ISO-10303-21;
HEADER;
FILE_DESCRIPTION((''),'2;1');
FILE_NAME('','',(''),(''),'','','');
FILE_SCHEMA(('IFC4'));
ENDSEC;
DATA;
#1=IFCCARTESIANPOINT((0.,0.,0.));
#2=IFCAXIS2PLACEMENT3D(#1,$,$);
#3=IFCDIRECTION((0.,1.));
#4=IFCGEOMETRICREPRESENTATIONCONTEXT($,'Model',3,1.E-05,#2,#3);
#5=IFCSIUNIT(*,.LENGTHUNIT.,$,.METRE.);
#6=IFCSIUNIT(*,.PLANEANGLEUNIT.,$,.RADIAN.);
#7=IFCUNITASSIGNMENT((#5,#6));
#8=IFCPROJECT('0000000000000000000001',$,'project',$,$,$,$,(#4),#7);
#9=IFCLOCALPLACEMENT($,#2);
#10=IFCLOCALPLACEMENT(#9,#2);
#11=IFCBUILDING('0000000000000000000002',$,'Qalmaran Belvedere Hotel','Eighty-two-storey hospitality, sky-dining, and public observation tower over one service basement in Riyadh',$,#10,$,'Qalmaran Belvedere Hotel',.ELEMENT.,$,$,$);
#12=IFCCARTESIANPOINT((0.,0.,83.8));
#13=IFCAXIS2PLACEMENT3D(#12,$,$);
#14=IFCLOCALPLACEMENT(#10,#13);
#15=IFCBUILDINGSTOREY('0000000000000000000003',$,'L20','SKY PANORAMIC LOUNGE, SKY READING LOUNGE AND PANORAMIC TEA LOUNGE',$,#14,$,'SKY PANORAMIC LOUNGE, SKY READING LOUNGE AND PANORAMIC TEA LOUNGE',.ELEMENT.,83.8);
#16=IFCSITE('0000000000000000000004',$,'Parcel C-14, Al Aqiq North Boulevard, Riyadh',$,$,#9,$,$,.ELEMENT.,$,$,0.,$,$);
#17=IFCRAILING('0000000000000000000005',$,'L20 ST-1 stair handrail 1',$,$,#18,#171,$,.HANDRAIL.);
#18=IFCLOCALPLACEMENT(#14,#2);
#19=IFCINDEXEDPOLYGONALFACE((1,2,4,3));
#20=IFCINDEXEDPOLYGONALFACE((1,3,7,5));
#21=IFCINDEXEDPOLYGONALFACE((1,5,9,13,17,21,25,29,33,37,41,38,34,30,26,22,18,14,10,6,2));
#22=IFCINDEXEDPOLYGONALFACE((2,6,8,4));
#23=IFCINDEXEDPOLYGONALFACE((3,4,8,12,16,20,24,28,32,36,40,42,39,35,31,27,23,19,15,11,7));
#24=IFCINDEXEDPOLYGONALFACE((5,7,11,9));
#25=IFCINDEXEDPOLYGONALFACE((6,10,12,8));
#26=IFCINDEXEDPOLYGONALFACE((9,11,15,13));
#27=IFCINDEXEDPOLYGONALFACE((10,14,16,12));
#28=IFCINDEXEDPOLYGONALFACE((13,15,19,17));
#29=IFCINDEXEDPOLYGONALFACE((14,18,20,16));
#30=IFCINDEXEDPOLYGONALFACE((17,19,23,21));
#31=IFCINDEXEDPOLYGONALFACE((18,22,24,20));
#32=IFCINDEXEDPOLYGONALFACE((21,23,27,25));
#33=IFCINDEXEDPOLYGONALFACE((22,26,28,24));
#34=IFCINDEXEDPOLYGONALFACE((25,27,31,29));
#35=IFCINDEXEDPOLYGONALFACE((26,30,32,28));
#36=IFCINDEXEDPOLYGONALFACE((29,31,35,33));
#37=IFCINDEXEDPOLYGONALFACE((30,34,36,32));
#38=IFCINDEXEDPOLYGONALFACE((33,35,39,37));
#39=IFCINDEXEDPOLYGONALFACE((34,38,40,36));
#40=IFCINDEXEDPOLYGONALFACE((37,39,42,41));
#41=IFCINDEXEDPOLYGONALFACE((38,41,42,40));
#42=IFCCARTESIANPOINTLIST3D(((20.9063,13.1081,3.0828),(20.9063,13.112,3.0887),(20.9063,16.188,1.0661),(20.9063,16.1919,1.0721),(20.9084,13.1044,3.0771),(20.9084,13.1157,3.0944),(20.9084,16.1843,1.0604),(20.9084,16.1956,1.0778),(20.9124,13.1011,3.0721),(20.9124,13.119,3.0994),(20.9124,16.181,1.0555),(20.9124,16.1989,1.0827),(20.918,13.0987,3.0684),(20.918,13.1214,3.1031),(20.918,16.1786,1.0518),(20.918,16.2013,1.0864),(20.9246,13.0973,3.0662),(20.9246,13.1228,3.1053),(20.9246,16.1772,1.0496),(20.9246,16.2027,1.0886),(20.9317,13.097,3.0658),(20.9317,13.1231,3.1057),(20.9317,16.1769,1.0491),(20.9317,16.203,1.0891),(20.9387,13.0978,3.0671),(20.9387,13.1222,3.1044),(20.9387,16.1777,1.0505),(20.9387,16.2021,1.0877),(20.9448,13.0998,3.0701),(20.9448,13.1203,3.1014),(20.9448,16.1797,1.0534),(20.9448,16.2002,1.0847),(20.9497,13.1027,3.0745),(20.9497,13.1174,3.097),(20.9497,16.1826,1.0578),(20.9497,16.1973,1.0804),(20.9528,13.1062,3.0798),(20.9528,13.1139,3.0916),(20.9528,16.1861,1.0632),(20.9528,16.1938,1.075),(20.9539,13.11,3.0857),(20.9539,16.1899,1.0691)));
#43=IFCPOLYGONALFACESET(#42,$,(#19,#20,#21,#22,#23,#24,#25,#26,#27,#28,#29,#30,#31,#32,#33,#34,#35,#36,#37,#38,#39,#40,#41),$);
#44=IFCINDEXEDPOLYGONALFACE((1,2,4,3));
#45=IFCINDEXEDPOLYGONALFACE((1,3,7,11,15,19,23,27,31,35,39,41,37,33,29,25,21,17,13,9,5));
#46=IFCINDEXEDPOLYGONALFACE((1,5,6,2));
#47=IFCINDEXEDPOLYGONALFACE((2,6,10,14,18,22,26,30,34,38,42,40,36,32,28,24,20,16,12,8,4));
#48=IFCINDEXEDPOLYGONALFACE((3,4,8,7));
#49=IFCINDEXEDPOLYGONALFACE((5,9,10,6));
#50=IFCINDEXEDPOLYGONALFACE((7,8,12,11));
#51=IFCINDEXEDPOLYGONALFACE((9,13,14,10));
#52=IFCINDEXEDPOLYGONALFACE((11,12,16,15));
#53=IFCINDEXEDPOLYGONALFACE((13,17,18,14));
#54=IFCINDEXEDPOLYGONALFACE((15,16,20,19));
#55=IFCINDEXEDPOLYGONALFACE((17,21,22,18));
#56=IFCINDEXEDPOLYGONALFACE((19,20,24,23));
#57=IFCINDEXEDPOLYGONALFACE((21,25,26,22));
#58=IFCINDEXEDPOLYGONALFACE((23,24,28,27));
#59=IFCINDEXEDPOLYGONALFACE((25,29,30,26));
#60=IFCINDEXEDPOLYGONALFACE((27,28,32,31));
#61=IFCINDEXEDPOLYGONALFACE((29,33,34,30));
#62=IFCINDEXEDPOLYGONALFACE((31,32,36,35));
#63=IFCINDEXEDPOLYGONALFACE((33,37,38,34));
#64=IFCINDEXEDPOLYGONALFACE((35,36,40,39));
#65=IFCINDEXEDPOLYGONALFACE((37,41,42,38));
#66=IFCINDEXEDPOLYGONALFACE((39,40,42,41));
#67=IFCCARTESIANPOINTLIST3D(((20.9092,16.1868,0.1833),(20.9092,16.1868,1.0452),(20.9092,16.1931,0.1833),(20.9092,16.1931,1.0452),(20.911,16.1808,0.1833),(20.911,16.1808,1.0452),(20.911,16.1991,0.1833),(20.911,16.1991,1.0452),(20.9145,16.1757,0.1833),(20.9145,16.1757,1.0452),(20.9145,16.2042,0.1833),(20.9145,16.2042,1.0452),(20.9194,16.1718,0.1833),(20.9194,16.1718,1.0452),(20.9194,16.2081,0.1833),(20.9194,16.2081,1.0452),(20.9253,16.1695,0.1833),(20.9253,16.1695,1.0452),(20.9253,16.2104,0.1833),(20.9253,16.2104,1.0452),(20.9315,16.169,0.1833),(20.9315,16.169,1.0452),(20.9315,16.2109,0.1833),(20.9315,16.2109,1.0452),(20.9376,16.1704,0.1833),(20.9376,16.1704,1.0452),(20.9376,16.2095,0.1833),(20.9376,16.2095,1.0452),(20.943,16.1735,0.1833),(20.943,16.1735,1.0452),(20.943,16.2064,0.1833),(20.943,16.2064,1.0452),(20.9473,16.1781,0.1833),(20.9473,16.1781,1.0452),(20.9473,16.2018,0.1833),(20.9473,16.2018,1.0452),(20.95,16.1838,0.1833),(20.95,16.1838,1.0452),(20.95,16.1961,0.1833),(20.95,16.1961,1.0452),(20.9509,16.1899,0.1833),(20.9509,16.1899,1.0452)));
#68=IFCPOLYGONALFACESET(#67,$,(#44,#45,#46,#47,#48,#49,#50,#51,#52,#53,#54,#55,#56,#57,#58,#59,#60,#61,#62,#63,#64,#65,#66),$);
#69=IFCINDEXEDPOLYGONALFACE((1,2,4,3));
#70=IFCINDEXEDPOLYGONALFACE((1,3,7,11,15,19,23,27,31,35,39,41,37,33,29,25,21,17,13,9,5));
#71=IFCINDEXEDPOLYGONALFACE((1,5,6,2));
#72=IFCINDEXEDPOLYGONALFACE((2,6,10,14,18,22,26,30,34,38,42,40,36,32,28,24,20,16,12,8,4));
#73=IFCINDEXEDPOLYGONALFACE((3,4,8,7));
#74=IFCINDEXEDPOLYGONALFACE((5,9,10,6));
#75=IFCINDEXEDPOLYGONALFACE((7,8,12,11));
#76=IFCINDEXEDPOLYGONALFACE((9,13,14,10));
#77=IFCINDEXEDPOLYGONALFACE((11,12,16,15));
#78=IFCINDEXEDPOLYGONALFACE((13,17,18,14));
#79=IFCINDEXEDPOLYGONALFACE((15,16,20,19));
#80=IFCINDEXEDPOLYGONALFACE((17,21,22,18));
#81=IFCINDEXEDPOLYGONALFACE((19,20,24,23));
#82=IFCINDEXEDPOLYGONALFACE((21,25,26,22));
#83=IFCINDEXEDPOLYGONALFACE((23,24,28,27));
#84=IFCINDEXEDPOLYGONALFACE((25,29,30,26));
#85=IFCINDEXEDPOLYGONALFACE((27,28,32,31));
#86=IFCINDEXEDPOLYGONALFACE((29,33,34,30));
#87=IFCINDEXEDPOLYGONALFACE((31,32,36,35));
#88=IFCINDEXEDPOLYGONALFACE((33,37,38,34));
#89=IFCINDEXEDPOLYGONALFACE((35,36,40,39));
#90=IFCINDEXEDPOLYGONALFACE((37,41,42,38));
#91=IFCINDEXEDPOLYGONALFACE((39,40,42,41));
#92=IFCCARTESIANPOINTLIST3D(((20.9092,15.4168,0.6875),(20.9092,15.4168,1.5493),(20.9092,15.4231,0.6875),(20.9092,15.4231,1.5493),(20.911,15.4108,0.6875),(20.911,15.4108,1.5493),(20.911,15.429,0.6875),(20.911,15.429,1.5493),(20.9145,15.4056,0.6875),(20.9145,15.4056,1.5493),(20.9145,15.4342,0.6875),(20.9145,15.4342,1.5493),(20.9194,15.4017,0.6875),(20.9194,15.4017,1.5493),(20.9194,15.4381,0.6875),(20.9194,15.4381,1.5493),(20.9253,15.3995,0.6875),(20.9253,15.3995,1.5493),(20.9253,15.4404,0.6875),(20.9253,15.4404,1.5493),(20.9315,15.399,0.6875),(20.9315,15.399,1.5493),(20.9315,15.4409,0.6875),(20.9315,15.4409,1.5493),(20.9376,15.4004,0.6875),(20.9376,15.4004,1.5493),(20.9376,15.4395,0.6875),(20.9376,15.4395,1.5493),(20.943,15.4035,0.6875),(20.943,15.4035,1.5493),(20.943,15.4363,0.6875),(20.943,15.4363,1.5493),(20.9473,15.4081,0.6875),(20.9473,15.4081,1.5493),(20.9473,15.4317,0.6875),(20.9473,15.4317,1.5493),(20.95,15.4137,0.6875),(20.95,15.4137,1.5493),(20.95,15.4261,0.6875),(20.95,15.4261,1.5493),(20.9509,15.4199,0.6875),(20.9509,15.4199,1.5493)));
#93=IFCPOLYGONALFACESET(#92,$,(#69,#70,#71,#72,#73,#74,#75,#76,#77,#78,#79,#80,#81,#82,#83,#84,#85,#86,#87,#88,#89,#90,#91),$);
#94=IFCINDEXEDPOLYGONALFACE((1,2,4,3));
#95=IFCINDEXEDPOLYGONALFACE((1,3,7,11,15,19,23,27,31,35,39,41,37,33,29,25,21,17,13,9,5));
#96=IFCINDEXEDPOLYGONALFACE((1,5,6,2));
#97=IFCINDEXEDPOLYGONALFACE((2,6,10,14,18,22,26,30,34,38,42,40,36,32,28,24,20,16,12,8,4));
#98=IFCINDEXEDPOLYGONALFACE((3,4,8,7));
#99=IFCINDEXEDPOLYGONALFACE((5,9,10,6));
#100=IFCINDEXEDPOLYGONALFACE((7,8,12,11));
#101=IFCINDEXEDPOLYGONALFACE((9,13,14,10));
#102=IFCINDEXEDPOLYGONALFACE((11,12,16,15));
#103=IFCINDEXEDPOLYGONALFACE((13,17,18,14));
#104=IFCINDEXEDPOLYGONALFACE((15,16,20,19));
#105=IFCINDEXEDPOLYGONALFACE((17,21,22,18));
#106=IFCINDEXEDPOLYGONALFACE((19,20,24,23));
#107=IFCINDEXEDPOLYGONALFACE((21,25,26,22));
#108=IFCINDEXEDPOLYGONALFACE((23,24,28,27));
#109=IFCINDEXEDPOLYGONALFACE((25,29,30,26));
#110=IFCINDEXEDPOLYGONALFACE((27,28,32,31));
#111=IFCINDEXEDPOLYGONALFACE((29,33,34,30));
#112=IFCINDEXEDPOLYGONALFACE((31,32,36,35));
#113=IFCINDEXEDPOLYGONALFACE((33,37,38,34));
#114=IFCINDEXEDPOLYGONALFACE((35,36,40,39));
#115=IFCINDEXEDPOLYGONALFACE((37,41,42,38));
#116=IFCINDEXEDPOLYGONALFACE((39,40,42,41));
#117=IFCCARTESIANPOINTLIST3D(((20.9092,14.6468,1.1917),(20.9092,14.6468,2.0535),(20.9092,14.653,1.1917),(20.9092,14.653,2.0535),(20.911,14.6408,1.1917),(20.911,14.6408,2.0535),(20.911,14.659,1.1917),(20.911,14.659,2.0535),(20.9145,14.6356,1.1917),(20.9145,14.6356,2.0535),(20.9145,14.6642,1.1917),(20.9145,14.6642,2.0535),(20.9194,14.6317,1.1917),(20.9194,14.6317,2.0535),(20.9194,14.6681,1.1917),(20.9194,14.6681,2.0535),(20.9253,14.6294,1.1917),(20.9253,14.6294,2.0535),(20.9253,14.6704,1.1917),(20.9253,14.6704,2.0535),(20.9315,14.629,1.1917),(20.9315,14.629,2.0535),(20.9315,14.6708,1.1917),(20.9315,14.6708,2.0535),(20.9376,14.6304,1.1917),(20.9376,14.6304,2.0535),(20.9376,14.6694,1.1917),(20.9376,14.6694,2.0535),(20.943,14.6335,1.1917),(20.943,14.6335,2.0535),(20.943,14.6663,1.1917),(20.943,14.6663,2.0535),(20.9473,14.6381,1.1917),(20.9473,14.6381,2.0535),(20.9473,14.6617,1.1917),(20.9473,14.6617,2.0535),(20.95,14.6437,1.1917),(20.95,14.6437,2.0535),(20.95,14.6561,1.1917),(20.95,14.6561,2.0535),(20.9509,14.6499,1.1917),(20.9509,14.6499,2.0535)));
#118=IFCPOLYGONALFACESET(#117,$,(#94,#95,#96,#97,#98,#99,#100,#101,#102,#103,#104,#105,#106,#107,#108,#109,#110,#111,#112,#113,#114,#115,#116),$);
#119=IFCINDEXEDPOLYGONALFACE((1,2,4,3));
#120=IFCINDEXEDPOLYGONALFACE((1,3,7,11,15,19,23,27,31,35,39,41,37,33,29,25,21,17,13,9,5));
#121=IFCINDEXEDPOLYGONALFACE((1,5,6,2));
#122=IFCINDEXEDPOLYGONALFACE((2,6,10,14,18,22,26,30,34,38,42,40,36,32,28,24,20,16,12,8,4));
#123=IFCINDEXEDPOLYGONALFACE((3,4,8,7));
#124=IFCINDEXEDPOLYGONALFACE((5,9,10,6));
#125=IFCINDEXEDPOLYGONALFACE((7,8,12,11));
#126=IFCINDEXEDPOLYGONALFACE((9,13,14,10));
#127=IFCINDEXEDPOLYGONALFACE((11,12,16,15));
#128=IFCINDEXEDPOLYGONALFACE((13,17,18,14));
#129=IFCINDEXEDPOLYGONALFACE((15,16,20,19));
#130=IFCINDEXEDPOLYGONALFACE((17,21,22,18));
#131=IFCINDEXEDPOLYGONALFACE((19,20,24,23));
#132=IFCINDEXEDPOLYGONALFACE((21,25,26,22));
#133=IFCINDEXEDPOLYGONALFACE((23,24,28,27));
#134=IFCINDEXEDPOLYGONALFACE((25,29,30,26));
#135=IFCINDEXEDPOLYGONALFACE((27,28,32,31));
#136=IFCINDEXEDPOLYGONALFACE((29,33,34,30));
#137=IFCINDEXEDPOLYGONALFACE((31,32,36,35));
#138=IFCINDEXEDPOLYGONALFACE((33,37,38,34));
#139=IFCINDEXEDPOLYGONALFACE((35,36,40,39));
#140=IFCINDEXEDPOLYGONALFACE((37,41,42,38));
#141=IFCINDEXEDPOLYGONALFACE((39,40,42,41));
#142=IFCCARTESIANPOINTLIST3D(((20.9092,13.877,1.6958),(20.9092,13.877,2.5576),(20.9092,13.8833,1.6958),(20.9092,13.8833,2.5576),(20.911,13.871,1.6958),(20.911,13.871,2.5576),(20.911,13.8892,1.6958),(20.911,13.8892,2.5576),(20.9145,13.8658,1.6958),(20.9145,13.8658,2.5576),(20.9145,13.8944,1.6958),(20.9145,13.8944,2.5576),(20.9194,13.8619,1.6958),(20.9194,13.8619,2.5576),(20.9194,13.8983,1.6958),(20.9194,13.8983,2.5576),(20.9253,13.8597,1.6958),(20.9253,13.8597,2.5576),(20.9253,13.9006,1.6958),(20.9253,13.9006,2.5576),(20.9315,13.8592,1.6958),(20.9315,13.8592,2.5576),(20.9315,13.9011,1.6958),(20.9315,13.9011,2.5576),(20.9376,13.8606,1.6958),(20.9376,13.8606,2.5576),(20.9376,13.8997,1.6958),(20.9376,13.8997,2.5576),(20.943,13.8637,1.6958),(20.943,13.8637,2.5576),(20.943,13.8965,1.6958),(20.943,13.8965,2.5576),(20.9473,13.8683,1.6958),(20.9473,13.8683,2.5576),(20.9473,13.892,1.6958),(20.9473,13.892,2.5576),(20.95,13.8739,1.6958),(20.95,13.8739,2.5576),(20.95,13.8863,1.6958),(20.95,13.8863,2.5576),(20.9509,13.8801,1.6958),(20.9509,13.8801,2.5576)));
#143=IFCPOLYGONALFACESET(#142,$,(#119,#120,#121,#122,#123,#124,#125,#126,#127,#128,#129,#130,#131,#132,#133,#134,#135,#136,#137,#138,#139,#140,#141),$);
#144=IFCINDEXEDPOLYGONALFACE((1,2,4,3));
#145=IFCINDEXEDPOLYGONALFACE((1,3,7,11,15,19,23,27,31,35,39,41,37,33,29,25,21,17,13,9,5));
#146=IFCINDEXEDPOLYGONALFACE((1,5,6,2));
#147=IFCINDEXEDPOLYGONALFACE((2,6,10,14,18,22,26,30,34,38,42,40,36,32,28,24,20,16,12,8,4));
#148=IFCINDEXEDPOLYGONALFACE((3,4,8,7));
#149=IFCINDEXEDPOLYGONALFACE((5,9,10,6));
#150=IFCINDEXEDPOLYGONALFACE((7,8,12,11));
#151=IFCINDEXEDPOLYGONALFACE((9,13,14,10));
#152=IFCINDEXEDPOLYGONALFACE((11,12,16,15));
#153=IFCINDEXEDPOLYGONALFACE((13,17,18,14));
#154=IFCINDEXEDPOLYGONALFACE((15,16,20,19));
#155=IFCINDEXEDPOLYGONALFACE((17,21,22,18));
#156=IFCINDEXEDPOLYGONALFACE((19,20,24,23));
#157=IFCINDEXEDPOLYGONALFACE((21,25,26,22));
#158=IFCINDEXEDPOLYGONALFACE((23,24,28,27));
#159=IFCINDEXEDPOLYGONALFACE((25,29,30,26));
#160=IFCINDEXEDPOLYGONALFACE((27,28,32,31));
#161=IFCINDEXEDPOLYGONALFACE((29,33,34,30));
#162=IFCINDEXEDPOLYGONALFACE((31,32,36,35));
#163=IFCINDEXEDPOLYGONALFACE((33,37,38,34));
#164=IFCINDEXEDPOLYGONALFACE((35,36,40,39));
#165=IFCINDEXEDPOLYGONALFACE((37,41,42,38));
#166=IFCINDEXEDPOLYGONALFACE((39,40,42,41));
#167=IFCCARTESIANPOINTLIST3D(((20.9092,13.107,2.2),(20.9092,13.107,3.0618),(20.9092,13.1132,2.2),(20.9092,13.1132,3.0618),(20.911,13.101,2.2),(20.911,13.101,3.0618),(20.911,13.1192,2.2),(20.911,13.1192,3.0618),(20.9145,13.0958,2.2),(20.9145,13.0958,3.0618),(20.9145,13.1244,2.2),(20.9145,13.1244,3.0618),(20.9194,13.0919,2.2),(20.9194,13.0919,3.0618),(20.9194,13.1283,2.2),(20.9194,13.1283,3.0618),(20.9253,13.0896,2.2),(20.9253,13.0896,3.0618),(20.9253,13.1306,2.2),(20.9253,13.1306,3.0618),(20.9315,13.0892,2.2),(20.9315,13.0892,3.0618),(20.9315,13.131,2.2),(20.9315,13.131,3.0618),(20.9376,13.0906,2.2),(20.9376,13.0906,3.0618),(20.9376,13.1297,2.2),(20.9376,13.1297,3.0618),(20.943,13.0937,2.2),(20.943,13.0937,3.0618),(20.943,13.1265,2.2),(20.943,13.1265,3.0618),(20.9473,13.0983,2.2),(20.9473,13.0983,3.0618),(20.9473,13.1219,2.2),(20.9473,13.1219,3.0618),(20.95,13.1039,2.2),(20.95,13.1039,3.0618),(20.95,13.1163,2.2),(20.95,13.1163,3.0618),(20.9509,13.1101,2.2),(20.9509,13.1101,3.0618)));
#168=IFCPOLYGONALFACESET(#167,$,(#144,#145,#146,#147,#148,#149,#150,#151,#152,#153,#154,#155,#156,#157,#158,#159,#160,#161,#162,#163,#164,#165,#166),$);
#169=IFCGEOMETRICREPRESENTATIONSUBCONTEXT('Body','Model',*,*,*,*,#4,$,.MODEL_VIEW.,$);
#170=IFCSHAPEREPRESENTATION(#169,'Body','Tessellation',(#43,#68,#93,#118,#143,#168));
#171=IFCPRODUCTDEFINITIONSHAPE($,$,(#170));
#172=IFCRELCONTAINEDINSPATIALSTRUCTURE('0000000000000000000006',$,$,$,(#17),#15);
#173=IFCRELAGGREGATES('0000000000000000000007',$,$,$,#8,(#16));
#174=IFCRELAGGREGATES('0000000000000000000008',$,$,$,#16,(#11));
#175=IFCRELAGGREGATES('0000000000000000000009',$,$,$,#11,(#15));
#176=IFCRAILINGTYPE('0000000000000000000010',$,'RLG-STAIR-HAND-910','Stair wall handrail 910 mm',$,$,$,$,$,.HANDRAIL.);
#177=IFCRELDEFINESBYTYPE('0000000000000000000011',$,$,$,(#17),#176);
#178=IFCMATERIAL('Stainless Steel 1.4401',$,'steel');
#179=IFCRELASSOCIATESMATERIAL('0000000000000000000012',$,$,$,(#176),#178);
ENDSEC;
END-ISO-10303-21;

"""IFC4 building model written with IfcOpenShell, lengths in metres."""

from ifc_helpers import new_model, si_unit, direction, frame, origin, origin_2d, place, context, subcontext, project, spatial, circle, extrude, material, type_object, element, save


model = new_model("IFC4")

# Units and contexts
model_context = context("Model", 3, precision=1e-05, world=origin(), true_north=direction((0.0, 1.0)))
body_context = subcontext(model_context, "Body", "Model", "MODEL_VIEW")
ifc_project = project(units=[si_unit("LENGTHUNIT", "METRE"), si_unit("PLANEANGLEUNIT", "RADIAN")], contexts=[model_context])

# Site, building, storey
site_placement = place(None, origin())
site = spatial("IfcSite", under=ifc_project, at=site_placement, Name="Parcel C-14, Al Aqiq North Boulevard, Riyadh", CompositionType="ELEMENT", RefElevation=0.0)
building_placement = place(site_placement, origin())
building = spatial("IfcBuilding", under=site, at=building_placement, Name="Qalmaran Belvedere Hotel", Description="Eighty-two-storey hospitality, sky-dining, and public observation tower over one service basement in Riyadh", LongName="Qalmaran Belvedere Hotel", CompositionType="ELEMENT")
storey_placement = place(building_placement, frame((0.0, 0.0, 83.8)))
storey = spatial("IfcBuildingStorey", under=building, at=storey_placement, Name="L20", Description="SKY PANORAMIC LOUNGE, SKY READING LOUNGE AND PANORAMIC TEA LOUNGE", LongName="SKY PANORAMIC LOUNGE, SKY READING LOUNGE AND PANORAMIC TEA LOUNGE", CompositionType="ELEMENT", Elevation=83.8)

# Railing
ifc_material_1 = material(Name="Stainless Steel 1.4401", Category="steel")
railing_type_1 = type_object("IfcRailingType", Name="RLG-STAIR-HAND-910", Description="Stair wall handrail 910 mm", PredefinedType="HANDRAIL", material=ifc_material_1)
railing_1_placement = place(storey_placement, frame((20.9299, 16.1899, 0.1833)))
element("IfcRailing", 1, at=railing_1_placement, inside=storey, type_object=railing_type_1, Name="L20 ST-1 stair handrail 1", PredefinedType="HANDRAIL", context=body_context, shape_type="SweptSolid", body=[
    extrude(circle(Radius=0.0239, at=origin_2d()), frame((0.0, 0.0, 0.8857), z_axis=(0.0, -0.836613, 0.547794), x_axis=(1.0, 0.0, 0.0)), (0.0, 0.0, 1.0), 3.6814),
    extrude(circle(Radius=0.021, at=origin_2d()), origin(), (0.0, 0.0, 1.0), 0.8618),
    extrude(circle(Radius=0.021, at=origin_2d()), frame((0.0, -0.77, 0.5042)), (0.0, 0.0, 1.0), 0.8618),
    extrude(circle(Radius=0.021, at=origin_2d()), frame((0.0, -1.54, 1.0083)), (0.0, 0.0, 1.0), 0.8618),
    extrude(circle(Radius=0.021, at=origin_2d()), frame((0.0, -2.3098, 1.5125)), (0.0, 0.0, 1.0), 0.8618),
    extrude(circle(Radius=0.021, at=origin_2d()), frame((0.0, -3.0798, 2.0166)), (0.0, 0.0, 1.0), 0.8618),
])

save(model, "model.ifc")
